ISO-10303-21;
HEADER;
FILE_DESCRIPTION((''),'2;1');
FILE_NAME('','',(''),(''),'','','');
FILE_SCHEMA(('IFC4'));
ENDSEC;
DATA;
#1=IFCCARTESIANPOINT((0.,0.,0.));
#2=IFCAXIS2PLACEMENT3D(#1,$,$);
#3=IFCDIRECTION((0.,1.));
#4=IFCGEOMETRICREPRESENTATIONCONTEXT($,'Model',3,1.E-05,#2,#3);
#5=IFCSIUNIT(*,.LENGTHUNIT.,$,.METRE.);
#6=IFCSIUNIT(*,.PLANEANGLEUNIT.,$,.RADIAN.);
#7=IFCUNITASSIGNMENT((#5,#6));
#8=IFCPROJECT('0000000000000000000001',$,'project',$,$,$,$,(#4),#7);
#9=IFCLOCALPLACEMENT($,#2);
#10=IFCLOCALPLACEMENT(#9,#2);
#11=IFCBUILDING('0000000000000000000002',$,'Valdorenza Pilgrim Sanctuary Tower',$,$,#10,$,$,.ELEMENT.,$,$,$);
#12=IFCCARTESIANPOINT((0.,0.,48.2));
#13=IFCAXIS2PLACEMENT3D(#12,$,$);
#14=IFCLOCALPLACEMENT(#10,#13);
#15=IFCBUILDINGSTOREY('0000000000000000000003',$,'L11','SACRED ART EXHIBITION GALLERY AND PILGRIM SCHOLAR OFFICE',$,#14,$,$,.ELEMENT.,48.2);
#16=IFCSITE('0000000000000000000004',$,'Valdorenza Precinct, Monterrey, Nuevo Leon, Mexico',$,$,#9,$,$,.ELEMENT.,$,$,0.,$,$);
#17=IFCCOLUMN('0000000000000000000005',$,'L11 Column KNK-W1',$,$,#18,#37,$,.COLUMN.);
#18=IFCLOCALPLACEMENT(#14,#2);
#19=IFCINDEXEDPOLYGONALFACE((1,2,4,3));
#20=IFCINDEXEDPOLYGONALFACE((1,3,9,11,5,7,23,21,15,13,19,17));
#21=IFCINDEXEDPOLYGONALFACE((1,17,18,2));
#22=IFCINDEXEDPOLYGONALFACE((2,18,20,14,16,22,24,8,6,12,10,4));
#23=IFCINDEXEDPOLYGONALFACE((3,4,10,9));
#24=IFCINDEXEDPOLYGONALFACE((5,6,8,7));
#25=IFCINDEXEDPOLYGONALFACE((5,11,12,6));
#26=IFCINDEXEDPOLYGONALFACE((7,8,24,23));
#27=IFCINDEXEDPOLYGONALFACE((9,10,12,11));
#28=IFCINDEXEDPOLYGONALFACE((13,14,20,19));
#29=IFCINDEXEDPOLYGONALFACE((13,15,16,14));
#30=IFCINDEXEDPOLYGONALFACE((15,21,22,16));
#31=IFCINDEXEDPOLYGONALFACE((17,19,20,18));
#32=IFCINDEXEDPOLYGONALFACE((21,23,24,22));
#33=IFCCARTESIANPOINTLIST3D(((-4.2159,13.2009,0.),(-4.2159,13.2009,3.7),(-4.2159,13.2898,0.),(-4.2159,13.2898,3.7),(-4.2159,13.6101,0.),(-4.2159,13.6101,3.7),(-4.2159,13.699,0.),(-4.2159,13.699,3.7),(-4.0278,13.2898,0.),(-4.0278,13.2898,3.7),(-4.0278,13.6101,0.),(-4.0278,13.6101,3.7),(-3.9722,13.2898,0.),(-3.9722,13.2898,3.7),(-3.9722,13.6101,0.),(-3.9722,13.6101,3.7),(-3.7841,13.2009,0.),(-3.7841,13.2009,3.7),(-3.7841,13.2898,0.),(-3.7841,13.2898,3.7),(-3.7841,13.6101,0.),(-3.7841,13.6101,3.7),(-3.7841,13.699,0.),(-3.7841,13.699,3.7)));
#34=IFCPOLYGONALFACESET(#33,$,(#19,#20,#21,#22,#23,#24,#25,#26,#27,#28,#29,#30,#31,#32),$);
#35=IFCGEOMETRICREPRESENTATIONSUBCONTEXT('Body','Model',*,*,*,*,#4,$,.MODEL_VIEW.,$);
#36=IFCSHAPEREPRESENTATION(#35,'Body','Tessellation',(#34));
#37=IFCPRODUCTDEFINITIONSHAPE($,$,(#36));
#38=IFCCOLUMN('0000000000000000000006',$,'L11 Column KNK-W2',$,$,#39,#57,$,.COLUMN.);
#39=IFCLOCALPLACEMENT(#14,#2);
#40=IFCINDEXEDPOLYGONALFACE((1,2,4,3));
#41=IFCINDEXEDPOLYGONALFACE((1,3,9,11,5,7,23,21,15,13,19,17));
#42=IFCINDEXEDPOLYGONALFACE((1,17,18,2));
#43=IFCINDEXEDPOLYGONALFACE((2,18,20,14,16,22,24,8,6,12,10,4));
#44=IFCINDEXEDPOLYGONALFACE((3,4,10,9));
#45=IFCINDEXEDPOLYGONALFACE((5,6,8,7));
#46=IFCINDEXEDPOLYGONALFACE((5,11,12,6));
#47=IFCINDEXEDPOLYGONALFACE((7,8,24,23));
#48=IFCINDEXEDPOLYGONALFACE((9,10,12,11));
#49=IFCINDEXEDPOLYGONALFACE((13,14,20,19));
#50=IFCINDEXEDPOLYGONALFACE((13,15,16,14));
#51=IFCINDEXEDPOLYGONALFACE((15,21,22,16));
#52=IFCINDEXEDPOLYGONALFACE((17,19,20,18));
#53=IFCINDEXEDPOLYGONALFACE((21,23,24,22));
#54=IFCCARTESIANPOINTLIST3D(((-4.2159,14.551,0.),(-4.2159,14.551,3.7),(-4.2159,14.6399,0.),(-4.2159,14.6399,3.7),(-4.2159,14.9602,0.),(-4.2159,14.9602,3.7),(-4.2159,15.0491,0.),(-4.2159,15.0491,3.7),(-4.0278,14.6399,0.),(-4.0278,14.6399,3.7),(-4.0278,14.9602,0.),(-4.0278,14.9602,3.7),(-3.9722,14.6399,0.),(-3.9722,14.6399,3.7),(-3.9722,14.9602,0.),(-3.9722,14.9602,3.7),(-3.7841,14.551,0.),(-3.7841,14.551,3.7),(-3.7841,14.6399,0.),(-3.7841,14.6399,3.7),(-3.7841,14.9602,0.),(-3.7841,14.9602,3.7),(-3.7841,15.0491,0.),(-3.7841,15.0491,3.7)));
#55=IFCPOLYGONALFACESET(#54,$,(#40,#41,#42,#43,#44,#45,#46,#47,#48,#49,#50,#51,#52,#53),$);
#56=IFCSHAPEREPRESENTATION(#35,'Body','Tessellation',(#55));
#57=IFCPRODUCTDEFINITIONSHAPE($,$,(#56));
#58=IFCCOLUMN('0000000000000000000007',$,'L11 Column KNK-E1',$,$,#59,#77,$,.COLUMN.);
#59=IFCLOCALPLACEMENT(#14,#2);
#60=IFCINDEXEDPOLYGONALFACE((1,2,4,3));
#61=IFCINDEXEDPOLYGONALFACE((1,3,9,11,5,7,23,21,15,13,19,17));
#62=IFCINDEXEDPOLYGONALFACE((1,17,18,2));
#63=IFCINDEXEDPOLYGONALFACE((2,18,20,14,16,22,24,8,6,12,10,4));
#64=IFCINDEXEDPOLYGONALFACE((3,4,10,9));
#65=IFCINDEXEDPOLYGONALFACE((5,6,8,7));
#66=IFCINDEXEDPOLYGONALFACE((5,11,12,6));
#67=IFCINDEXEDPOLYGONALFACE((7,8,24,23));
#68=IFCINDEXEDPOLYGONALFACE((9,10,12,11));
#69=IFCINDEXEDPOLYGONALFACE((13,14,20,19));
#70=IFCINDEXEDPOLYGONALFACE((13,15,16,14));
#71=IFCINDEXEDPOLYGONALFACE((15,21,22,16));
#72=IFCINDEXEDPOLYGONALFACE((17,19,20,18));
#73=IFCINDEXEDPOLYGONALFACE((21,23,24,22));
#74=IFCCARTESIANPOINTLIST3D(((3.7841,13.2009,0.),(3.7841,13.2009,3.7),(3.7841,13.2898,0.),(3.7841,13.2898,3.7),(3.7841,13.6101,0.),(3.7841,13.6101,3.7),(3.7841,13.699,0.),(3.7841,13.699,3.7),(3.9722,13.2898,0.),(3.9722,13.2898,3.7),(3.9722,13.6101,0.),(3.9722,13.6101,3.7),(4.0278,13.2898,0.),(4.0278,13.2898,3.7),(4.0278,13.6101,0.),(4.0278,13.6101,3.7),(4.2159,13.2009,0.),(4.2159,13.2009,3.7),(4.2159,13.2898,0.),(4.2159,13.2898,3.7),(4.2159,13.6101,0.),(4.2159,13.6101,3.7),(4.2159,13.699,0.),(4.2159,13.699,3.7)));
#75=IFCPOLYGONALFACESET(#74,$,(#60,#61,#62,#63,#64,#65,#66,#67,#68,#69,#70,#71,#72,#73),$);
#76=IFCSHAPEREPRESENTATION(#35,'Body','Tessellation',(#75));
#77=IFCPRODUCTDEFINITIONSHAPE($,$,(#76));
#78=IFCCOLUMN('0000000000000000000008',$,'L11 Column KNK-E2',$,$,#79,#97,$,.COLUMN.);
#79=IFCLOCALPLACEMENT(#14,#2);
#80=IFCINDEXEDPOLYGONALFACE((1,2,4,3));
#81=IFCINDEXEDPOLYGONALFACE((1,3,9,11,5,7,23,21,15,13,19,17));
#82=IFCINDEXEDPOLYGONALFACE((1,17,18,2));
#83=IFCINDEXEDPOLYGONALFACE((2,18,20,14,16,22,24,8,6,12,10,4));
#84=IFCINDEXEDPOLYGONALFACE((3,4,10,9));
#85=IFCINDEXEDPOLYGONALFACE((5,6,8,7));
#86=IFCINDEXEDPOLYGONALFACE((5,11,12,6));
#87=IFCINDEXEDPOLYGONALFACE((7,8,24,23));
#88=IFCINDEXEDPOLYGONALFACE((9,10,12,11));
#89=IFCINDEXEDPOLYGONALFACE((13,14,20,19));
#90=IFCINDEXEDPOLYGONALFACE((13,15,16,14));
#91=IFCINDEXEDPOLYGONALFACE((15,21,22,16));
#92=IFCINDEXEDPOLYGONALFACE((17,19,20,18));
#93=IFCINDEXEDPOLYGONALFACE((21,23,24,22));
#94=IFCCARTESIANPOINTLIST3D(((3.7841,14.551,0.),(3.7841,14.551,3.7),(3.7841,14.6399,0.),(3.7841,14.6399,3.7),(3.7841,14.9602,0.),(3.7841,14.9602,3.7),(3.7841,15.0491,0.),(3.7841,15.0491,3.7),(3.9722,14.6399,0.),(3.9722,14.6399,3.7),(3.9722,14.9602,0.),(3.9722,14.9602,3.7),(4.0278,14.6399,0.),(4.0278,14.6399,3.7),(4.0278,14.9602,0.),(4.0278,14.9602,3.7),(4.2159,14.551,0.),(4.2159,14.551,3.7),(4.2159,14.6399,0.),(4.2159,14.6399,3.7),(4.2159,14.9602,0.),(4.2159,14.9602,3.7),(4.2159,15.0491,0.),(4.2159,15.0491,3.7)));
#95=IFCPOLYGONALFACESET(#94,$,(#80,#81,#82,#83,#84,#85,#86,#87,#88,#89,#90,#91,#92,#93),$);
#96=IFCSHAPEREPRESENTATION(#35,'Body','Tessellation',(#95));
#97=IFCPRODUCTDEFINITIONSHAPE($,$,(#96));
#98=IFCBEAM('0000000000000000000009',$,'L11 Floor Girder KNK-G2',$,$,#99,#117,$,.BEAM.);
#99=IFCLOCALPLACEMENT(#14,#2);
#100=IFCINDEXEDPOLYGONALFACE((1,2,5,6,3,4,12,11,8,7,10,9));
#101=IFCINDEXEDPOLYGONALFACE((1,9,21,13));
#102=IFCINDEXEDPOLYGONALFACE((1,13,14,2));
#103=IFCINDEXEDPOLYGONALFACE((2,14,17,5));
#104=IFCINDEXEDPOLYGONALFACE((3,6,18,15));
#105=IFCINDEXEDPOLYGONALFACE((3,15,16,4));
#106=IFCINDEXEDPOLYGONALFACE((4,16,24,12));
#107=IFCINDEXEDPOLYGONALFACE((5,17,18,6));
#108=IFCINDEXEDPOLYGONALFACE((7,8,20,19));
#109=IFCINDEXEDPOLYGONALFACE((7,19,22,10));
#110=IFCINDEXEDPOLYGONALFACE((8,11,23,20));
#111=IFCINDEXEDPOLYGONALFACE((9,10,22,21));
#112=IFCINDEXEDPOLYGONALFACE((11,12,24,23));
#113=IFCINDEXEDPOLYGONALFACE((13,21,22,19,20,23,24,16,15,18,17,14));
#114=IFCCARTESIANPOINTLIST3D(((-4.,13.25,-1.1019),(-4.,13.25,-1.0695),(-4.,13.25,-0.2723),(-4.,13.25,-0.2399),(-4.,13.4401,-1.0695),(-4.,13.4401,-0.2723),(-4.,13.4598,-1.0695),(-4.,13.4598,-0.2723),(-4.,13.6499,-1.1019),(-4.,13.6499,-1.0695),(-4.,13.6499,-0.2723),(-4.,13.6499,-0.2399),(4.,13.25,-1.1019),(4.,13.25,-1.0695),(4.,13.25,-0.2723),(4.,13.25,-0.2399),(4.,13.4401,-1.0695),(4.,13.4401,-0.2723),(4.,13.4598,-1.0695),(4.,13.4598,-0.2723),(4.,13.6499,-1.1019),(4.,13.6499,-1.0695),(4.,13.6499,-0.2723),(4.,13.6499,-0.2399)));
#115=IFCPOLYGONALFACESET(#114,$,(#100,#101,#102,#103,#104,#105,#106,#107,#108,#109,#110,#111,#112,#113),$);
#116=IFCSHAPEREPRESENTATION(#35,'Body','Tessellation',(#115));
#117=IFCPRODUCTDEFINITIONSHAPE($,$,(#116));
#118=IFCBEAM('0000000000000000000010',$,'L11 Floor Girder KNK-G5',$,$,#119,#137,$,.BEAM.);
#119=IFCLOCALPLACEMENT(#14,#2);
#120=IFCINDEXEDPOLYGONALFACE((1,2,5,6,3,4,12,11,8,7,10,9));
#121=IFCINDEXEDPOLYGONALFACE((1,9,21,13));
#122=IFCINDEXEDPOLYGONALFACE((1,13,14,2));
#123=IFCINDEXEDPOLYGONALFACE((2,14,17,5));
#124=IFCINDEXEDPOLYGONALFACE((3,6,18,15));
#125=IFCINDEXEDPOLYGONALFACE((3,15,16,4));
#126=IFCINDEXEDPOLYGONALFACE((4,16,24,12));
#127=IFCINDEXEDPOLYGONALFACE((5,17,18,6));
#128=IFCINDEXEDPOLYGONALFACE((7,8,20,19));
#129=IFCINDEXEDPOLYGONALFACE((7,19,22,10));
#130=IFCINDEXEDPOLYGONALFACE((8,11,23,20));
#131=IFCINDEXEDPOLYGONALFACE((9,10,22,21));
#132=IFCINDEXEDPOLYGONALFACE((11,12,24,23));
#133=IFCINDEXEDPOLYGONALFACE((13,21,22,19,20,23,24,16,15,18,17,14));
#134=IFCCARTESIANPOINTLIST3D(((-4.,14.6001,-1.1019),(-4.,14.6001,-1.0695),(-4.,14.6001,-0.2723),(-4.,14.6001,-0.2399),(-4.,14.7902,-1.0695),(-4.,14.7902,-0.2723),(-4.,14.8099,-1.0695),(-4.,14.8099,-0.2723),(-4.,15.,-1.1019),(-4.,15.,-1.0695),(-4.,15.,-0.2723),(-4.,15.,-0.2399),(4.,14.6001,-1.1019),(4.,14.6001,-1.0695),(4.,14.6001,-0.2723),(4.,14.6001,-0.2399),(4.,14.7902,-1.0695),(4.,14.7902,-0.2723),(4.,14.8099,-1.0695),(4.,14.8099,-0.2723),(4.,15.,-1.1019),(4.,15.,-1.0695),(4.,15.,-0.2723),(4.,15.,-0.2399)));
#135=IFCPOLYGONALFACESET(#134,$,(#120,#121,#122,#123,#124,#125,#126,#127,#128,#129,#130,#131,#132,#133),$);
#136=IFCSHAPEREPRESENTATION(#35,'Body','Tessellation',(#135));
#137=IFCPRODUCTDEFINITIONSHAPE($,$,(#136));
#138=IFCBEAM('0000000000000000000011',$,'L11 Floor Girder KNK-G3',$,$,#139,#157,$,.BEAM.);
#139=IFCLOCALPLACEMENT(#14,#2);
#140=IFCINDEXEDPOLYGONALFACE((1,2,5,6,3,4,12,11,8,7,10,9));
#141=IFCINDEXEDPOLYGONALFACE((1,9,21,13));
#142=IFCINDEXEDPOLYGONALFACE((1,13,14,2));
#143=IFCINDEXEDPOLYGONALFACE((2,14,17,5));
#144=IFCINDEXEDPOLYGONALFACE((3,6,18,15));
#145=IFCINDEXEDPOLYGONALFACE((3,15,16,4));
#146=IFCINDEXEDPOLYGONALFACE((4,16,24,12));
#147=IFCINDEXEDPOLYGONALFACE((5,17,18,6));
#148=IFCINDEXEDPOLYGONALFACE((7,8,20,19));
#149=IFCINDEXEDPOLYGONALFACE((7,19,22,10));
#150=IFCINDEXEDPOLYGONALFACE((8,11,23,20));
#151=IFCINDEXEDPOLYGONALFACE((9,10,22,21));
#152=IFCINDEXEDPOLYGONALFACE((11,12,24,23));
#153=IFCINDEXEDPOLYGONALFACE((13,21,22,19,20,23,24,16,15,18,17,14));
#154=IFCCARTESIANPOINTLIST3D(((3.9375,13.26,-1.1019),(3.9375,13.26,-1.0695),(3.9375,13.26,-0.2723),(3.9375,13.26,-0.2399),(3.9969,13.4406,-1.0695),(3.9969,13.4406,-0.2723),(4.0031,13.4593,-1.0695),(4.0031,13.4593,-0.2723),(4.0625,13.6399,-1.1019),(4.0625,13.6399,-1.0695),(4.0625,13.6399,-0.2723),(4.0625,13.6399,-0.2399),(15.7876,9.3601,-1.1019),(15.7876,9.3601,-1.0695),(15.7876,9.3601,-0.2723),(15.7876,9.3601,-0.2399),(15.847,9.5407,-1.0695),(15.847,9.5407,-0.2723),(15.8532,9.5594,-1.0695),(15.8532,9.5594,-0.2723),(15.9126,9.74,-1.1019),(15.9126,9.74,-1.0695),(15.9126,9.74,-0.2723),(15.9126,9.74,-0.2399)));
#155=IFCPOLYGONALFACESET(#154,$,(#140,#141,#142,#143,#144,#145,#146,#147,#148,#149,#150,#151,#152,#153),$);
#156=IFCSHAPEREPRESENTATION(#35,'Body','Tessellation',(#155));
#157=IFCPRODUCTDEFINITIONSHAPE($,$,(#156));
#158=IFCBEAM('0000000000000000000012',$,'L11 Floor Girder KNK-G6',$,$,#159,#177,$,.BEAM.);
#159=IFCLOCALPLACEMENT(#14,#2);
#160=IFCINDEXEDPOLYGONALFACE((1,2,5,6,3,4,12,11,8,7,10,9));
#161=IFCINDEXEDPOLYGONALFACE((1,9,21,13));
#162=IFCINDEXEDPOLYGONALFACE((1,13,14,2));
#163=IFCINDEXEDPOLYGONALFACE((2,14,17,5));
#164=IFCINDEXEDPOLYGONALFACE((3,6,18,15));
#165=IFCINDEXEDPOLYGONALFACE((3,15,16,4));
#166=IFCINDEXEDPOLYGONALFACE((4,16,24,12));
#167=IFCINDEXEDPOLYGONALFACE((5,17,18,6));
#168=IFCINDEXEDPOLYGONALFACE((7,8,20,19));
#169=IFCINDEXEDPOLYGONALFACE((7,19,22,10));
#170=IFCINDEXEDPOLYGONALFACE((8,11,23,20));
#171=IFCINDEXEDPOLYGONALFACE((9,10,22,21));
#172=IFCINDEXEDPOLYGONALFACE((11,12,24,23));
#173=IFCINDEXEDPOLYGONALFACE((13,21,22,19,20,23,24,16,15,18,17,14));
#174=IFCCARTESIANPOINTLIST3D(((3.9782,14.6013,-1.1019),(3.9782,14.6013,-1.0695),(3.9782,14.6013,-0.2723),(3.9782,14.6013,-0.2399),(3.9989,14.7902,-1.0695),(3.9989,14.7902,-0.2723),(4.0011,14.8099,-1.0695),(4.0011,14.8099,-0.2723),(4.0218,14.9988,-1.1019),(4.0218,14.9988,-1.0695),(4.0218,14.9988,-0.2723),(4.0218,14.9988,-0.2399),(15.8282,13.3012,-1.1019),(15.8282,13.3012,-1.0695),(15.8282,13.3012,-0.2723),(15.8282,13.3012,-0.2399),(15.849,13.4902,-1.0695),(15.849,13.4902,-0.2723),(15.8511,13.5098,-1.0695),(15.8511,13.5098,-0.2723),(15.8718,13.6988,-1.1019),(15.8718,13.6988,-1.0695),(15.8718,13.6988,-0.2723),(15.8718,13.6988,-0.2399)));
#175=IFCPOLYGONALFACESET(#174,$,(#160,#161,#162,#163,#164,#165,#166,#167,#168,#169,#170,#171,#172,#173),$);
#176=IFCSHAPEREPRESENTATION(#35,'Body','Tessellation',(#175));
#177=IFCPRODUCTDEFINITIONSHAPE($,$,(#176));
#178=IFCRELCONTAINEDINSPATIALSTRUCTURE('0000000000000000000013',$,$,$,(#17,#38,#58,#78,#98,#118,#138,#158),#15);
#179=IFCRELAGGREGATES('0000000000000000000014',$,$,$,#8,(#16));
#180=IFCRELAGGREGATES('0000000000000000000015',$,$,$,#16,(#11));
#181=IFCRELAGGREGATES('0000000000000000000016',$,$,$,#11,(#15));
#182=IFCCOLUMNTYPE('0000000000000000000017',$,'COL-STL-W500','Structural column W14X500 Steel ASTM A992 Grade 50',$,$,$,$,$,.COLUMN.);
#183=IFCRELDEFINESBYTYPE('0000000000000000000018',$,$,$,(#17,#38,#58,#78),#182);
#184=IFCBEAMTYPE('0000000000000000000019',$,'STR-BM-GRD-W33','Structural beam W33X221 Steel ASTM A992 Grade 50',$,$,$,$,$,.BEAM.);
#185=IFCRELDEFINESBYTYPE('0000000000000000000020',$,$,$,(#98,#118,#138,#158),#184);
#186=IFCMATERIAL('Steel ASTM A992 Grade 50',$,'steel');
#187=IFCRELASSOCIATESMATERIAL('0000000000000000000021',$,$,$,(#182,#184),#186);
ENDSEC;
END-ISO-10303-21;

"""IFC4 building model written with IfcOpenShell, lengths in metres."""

from ifc_helpers import new_model, si_unit, direction, frame, origin, origin_2d, place, context, subcontext, project, spatial, i_section, extrude, source, transform, mapped, material, material_profile, profile_set, type_object, element, save


model = new_model("IFC4")

# Units and contexts
model_context = context("Model", 3, precision=1e-05, world=origin(), true_north=direction((0.0, 1.0)))
body_context = subcontext(model_context, "Body", "Model", "MODEL_VIEW")
ifc_project = project(units=[si_unit("LENGTHUNIT", "METRE"), si_unit("PLANEANGLEUNIT", "RADIAN")], contexts=[model_context])

# Site, building, storey
site_placement = place(None, origin())
site = spatial("IfcSite", under=ifc_project, at=site_placement, Name="Valdorenza Precinct, Monterrey, Nuevo Leon, Mexico", CompositionType="ELEMENT", RefElevation=0.0)
building_placement = place(site_placement, origin())
building = spatial("IfcBuilding", under=site, at=building_placement, Name="Valdorenza Pilgrim Sanctuary Tower", CompositionType="ELEMENT")
storey_placement = place(building_placement, frame((0.0, 0.0, 48.2)))
storey = spatial("IfcBuildingStorey", under=building, at=storey_placement, Name="L11", Description="SACRED ART EXHIBITION GALLERY AND PILGRIM SCHOLAR OFFICE", CompositionType="ELEMENT", Elevation=48.2)

# Columns
ifc_material_1 = material(Name="Steel ASTM A992 Grade 50", Category="steel")
ifc_material_profile_1 = material_profile(ifc_material_1, i_section(OverallWidth=0.4319, OverallDepth=0.498, WebThickness=0.0557, FlangeThickness=0.0889, at=origin_2d()), Name="W14X500")
ifc_profile_set_1 = profile_set([ifc_material_profile_1], Name="Steel ASTM A992 Grade 50")
column_type = type_object("IfcColumnType", Name="COL-STL-W500", Description="Structural column W14X500 Steel ASTM A992 Grade 50", PredefinedType="COLUMN", material=ifc_profile_set_1)
shared_shape_1 = source(origin(), body_context, "Body", "SweptSolid", [
    extrude(i_section(OverallWidth=0.4319, OverallDepth=0.498, WebThickness=0.0557, FlangeThickness=0.0889, at=origin_2d()), origin(), (0.0, 0.0, 1.0), 3.7),
])
for number, where, z_axis, x_axis, name in (
    (1, (-4.0, 13.45, 0.0), (0.0, 0.0, 1.0), (1.0, 0.0, 0.0), "L11 Column KNK-W1"),
    (2, (-4.0, 14.8, 0.0), (0.0, 0.0, 1.0), (1.0, 0.0, 0.0), "L11 Column KNK-W2"),
    (3, (4.0, 13.45, 0.0), (0.0, 0.0, 1.0), (1.0, 0.0, 0.0), "L11 Column KNK-E1"),
    (4, (4.0, 14.8, 0.0), (0.0, 0.0, 1.0), (1.0, 0.0, 0.0), "L11 Column KNK-E2"),
):
    element("IfcColumn", number, at=place(storey_placement, frame(where, z_axis=z_axis, x_axis=x_axis)), inside=storey, type_object=column_type, Name=name, PredefinedType="COLUMN", context=body_context, shape_type="MappedRepresentation", body=[
        mapped(shared_shape_1, transform((0.0, 0.0, 0.0), x_axis=(1.0, 0.0, 0.0), y_axis=(0.0, 1.0, 0.0), z_axis=(0.0, 0.0, 1.0), scale=1.0)),
    ])

# Beams
ifc_material_profile_2 = material_profile(ifc_material_1, i_section(OverallWidth=0.3999, OverallDepth=0.8621, WebThickness=0.0198, FlangeThickness=0.0325, at=origin_2d()), Name="W33X221")
ifc_profile_set_2 = profile_set([ifc_material_profile_2], Name="Steel ASTM A992 Grade 50")
beam_type_1 = type_object("IfcBeamType", Name="STR-BM-GRD-W33", Description="Structural beam W33X221 Steel ASTM A992 Grade 50", PredefinedType="BEAM", material=ifc_profile_set_2)
shared_shape_2 = source(origin(), body_context, "Body", "SweptSolid", [
    extrude(i_section(OverallWidth=0.3999, OverallDepth=0.8621, WebThickness=0.0198, FlangeThickness=0.0325, at=origin_2d()), origin(), (0.0, 0.0, 1.0), 8.0),
])
for number, where, z_axis, x_axis, name in (
    (5, (-4.0, 13.45, -0.6709), (1.0, 0.0, 0.0), (0.0, 1.0, 0.0), "L11 Floor Girder KNK-G2"),
    (6, (-4.0, 14.8, -0.6709), (1.0, 0.0, 0.0), (0.0, 1.0, 0.0), "L11 Floor Girder KNK-G5"),
):
    element("IfcBeam", number, at=place(storey_placement, frame(where, z_axis=z_axis, x_axis=x_axis)), inside=storey, type_object=beam_type_1, Name=name, PredefinedType="BEAM", context=body_context, shape_type="MappedRepresentation", body=[
        mapped(shared_shape_2, transform((0.0, 0.0, 0.0), x_axis=(1.0, 0.0, 0.0), y_axis=(0.0, 1.0, 0.0), z_axis=(0.0, 0.0, 1.0), scale=1.0)),
    ])
shared_shape_3 = source(origin(), body_context, "Body", "SweptSolid", [
    extrude(i_section(OverallWidth=0.3999, OverallDepth=0.8621, WebThickness=0.0198, FlangeThickness=0.0325, at=origin_2d()), origin(), (0.0, 0.0, 1.0), 12.4753),
])
beam_1_placement = place(storey_placement, frame((4.0, 13.45, -0.6709), z_axis=(0.949882, -0.312609, 0.0), x_axis=(0.312609, 0.949882, 0.0)))
element("IfcBeam", 7, at=beam_1_placement, inside=storey, type_object=beam_type_1, Name="L11 Floor Girder KNK-G3", PredefinedType="BEAM", context=body_context, shape_type="MappedRepresentation", body=[
    mapped(shared_shape_3, transform((0.0, 0.0, 0.0), x_axis=(1.0, 0.0, 0.0), y_axis=(0.0, 1.0, 0.0), z_axis=(0.0, 0.0, 1.0), scale=1.0)),
])
shared_shape_4 = source(origin(), body_context, "Body", "SweptSolid", [
    extrude(i_section(OverallWidth=0.3999, OverallDepth=0.8621, WebThickness=0.0198, FlangeThickness=0.0325, at=origin_2d()), origin(), (0.0, 0.0, 1.0), 11.9211),
])
beam_2_placement = place(storey_placement, frame((4.0, 14.8, -0.6709), z_axis=(0.994036, -0.109054, 0.0), x_axis=(0.109054, 0.994036, 0.0)))
element("IfcBeam", 8, at=beam_2_placement, inside=storey, type_object=beam_type_1, Name="L11 Floor Girder KNK-G6", PredefinedType="BEAM", context=body_context, shape_type="MappedRepresentation", body=[
    mapped(shared_shape_4, transform((0.0, 0.0, 0.0), x_axis=(1.0, 0.0, 0.0), y_axis=(0.0, 1.0, 0.0), z_axis=(0.0, 0.0, 1.0), scale=1.0)),
])

save(model, "model.ifc")
